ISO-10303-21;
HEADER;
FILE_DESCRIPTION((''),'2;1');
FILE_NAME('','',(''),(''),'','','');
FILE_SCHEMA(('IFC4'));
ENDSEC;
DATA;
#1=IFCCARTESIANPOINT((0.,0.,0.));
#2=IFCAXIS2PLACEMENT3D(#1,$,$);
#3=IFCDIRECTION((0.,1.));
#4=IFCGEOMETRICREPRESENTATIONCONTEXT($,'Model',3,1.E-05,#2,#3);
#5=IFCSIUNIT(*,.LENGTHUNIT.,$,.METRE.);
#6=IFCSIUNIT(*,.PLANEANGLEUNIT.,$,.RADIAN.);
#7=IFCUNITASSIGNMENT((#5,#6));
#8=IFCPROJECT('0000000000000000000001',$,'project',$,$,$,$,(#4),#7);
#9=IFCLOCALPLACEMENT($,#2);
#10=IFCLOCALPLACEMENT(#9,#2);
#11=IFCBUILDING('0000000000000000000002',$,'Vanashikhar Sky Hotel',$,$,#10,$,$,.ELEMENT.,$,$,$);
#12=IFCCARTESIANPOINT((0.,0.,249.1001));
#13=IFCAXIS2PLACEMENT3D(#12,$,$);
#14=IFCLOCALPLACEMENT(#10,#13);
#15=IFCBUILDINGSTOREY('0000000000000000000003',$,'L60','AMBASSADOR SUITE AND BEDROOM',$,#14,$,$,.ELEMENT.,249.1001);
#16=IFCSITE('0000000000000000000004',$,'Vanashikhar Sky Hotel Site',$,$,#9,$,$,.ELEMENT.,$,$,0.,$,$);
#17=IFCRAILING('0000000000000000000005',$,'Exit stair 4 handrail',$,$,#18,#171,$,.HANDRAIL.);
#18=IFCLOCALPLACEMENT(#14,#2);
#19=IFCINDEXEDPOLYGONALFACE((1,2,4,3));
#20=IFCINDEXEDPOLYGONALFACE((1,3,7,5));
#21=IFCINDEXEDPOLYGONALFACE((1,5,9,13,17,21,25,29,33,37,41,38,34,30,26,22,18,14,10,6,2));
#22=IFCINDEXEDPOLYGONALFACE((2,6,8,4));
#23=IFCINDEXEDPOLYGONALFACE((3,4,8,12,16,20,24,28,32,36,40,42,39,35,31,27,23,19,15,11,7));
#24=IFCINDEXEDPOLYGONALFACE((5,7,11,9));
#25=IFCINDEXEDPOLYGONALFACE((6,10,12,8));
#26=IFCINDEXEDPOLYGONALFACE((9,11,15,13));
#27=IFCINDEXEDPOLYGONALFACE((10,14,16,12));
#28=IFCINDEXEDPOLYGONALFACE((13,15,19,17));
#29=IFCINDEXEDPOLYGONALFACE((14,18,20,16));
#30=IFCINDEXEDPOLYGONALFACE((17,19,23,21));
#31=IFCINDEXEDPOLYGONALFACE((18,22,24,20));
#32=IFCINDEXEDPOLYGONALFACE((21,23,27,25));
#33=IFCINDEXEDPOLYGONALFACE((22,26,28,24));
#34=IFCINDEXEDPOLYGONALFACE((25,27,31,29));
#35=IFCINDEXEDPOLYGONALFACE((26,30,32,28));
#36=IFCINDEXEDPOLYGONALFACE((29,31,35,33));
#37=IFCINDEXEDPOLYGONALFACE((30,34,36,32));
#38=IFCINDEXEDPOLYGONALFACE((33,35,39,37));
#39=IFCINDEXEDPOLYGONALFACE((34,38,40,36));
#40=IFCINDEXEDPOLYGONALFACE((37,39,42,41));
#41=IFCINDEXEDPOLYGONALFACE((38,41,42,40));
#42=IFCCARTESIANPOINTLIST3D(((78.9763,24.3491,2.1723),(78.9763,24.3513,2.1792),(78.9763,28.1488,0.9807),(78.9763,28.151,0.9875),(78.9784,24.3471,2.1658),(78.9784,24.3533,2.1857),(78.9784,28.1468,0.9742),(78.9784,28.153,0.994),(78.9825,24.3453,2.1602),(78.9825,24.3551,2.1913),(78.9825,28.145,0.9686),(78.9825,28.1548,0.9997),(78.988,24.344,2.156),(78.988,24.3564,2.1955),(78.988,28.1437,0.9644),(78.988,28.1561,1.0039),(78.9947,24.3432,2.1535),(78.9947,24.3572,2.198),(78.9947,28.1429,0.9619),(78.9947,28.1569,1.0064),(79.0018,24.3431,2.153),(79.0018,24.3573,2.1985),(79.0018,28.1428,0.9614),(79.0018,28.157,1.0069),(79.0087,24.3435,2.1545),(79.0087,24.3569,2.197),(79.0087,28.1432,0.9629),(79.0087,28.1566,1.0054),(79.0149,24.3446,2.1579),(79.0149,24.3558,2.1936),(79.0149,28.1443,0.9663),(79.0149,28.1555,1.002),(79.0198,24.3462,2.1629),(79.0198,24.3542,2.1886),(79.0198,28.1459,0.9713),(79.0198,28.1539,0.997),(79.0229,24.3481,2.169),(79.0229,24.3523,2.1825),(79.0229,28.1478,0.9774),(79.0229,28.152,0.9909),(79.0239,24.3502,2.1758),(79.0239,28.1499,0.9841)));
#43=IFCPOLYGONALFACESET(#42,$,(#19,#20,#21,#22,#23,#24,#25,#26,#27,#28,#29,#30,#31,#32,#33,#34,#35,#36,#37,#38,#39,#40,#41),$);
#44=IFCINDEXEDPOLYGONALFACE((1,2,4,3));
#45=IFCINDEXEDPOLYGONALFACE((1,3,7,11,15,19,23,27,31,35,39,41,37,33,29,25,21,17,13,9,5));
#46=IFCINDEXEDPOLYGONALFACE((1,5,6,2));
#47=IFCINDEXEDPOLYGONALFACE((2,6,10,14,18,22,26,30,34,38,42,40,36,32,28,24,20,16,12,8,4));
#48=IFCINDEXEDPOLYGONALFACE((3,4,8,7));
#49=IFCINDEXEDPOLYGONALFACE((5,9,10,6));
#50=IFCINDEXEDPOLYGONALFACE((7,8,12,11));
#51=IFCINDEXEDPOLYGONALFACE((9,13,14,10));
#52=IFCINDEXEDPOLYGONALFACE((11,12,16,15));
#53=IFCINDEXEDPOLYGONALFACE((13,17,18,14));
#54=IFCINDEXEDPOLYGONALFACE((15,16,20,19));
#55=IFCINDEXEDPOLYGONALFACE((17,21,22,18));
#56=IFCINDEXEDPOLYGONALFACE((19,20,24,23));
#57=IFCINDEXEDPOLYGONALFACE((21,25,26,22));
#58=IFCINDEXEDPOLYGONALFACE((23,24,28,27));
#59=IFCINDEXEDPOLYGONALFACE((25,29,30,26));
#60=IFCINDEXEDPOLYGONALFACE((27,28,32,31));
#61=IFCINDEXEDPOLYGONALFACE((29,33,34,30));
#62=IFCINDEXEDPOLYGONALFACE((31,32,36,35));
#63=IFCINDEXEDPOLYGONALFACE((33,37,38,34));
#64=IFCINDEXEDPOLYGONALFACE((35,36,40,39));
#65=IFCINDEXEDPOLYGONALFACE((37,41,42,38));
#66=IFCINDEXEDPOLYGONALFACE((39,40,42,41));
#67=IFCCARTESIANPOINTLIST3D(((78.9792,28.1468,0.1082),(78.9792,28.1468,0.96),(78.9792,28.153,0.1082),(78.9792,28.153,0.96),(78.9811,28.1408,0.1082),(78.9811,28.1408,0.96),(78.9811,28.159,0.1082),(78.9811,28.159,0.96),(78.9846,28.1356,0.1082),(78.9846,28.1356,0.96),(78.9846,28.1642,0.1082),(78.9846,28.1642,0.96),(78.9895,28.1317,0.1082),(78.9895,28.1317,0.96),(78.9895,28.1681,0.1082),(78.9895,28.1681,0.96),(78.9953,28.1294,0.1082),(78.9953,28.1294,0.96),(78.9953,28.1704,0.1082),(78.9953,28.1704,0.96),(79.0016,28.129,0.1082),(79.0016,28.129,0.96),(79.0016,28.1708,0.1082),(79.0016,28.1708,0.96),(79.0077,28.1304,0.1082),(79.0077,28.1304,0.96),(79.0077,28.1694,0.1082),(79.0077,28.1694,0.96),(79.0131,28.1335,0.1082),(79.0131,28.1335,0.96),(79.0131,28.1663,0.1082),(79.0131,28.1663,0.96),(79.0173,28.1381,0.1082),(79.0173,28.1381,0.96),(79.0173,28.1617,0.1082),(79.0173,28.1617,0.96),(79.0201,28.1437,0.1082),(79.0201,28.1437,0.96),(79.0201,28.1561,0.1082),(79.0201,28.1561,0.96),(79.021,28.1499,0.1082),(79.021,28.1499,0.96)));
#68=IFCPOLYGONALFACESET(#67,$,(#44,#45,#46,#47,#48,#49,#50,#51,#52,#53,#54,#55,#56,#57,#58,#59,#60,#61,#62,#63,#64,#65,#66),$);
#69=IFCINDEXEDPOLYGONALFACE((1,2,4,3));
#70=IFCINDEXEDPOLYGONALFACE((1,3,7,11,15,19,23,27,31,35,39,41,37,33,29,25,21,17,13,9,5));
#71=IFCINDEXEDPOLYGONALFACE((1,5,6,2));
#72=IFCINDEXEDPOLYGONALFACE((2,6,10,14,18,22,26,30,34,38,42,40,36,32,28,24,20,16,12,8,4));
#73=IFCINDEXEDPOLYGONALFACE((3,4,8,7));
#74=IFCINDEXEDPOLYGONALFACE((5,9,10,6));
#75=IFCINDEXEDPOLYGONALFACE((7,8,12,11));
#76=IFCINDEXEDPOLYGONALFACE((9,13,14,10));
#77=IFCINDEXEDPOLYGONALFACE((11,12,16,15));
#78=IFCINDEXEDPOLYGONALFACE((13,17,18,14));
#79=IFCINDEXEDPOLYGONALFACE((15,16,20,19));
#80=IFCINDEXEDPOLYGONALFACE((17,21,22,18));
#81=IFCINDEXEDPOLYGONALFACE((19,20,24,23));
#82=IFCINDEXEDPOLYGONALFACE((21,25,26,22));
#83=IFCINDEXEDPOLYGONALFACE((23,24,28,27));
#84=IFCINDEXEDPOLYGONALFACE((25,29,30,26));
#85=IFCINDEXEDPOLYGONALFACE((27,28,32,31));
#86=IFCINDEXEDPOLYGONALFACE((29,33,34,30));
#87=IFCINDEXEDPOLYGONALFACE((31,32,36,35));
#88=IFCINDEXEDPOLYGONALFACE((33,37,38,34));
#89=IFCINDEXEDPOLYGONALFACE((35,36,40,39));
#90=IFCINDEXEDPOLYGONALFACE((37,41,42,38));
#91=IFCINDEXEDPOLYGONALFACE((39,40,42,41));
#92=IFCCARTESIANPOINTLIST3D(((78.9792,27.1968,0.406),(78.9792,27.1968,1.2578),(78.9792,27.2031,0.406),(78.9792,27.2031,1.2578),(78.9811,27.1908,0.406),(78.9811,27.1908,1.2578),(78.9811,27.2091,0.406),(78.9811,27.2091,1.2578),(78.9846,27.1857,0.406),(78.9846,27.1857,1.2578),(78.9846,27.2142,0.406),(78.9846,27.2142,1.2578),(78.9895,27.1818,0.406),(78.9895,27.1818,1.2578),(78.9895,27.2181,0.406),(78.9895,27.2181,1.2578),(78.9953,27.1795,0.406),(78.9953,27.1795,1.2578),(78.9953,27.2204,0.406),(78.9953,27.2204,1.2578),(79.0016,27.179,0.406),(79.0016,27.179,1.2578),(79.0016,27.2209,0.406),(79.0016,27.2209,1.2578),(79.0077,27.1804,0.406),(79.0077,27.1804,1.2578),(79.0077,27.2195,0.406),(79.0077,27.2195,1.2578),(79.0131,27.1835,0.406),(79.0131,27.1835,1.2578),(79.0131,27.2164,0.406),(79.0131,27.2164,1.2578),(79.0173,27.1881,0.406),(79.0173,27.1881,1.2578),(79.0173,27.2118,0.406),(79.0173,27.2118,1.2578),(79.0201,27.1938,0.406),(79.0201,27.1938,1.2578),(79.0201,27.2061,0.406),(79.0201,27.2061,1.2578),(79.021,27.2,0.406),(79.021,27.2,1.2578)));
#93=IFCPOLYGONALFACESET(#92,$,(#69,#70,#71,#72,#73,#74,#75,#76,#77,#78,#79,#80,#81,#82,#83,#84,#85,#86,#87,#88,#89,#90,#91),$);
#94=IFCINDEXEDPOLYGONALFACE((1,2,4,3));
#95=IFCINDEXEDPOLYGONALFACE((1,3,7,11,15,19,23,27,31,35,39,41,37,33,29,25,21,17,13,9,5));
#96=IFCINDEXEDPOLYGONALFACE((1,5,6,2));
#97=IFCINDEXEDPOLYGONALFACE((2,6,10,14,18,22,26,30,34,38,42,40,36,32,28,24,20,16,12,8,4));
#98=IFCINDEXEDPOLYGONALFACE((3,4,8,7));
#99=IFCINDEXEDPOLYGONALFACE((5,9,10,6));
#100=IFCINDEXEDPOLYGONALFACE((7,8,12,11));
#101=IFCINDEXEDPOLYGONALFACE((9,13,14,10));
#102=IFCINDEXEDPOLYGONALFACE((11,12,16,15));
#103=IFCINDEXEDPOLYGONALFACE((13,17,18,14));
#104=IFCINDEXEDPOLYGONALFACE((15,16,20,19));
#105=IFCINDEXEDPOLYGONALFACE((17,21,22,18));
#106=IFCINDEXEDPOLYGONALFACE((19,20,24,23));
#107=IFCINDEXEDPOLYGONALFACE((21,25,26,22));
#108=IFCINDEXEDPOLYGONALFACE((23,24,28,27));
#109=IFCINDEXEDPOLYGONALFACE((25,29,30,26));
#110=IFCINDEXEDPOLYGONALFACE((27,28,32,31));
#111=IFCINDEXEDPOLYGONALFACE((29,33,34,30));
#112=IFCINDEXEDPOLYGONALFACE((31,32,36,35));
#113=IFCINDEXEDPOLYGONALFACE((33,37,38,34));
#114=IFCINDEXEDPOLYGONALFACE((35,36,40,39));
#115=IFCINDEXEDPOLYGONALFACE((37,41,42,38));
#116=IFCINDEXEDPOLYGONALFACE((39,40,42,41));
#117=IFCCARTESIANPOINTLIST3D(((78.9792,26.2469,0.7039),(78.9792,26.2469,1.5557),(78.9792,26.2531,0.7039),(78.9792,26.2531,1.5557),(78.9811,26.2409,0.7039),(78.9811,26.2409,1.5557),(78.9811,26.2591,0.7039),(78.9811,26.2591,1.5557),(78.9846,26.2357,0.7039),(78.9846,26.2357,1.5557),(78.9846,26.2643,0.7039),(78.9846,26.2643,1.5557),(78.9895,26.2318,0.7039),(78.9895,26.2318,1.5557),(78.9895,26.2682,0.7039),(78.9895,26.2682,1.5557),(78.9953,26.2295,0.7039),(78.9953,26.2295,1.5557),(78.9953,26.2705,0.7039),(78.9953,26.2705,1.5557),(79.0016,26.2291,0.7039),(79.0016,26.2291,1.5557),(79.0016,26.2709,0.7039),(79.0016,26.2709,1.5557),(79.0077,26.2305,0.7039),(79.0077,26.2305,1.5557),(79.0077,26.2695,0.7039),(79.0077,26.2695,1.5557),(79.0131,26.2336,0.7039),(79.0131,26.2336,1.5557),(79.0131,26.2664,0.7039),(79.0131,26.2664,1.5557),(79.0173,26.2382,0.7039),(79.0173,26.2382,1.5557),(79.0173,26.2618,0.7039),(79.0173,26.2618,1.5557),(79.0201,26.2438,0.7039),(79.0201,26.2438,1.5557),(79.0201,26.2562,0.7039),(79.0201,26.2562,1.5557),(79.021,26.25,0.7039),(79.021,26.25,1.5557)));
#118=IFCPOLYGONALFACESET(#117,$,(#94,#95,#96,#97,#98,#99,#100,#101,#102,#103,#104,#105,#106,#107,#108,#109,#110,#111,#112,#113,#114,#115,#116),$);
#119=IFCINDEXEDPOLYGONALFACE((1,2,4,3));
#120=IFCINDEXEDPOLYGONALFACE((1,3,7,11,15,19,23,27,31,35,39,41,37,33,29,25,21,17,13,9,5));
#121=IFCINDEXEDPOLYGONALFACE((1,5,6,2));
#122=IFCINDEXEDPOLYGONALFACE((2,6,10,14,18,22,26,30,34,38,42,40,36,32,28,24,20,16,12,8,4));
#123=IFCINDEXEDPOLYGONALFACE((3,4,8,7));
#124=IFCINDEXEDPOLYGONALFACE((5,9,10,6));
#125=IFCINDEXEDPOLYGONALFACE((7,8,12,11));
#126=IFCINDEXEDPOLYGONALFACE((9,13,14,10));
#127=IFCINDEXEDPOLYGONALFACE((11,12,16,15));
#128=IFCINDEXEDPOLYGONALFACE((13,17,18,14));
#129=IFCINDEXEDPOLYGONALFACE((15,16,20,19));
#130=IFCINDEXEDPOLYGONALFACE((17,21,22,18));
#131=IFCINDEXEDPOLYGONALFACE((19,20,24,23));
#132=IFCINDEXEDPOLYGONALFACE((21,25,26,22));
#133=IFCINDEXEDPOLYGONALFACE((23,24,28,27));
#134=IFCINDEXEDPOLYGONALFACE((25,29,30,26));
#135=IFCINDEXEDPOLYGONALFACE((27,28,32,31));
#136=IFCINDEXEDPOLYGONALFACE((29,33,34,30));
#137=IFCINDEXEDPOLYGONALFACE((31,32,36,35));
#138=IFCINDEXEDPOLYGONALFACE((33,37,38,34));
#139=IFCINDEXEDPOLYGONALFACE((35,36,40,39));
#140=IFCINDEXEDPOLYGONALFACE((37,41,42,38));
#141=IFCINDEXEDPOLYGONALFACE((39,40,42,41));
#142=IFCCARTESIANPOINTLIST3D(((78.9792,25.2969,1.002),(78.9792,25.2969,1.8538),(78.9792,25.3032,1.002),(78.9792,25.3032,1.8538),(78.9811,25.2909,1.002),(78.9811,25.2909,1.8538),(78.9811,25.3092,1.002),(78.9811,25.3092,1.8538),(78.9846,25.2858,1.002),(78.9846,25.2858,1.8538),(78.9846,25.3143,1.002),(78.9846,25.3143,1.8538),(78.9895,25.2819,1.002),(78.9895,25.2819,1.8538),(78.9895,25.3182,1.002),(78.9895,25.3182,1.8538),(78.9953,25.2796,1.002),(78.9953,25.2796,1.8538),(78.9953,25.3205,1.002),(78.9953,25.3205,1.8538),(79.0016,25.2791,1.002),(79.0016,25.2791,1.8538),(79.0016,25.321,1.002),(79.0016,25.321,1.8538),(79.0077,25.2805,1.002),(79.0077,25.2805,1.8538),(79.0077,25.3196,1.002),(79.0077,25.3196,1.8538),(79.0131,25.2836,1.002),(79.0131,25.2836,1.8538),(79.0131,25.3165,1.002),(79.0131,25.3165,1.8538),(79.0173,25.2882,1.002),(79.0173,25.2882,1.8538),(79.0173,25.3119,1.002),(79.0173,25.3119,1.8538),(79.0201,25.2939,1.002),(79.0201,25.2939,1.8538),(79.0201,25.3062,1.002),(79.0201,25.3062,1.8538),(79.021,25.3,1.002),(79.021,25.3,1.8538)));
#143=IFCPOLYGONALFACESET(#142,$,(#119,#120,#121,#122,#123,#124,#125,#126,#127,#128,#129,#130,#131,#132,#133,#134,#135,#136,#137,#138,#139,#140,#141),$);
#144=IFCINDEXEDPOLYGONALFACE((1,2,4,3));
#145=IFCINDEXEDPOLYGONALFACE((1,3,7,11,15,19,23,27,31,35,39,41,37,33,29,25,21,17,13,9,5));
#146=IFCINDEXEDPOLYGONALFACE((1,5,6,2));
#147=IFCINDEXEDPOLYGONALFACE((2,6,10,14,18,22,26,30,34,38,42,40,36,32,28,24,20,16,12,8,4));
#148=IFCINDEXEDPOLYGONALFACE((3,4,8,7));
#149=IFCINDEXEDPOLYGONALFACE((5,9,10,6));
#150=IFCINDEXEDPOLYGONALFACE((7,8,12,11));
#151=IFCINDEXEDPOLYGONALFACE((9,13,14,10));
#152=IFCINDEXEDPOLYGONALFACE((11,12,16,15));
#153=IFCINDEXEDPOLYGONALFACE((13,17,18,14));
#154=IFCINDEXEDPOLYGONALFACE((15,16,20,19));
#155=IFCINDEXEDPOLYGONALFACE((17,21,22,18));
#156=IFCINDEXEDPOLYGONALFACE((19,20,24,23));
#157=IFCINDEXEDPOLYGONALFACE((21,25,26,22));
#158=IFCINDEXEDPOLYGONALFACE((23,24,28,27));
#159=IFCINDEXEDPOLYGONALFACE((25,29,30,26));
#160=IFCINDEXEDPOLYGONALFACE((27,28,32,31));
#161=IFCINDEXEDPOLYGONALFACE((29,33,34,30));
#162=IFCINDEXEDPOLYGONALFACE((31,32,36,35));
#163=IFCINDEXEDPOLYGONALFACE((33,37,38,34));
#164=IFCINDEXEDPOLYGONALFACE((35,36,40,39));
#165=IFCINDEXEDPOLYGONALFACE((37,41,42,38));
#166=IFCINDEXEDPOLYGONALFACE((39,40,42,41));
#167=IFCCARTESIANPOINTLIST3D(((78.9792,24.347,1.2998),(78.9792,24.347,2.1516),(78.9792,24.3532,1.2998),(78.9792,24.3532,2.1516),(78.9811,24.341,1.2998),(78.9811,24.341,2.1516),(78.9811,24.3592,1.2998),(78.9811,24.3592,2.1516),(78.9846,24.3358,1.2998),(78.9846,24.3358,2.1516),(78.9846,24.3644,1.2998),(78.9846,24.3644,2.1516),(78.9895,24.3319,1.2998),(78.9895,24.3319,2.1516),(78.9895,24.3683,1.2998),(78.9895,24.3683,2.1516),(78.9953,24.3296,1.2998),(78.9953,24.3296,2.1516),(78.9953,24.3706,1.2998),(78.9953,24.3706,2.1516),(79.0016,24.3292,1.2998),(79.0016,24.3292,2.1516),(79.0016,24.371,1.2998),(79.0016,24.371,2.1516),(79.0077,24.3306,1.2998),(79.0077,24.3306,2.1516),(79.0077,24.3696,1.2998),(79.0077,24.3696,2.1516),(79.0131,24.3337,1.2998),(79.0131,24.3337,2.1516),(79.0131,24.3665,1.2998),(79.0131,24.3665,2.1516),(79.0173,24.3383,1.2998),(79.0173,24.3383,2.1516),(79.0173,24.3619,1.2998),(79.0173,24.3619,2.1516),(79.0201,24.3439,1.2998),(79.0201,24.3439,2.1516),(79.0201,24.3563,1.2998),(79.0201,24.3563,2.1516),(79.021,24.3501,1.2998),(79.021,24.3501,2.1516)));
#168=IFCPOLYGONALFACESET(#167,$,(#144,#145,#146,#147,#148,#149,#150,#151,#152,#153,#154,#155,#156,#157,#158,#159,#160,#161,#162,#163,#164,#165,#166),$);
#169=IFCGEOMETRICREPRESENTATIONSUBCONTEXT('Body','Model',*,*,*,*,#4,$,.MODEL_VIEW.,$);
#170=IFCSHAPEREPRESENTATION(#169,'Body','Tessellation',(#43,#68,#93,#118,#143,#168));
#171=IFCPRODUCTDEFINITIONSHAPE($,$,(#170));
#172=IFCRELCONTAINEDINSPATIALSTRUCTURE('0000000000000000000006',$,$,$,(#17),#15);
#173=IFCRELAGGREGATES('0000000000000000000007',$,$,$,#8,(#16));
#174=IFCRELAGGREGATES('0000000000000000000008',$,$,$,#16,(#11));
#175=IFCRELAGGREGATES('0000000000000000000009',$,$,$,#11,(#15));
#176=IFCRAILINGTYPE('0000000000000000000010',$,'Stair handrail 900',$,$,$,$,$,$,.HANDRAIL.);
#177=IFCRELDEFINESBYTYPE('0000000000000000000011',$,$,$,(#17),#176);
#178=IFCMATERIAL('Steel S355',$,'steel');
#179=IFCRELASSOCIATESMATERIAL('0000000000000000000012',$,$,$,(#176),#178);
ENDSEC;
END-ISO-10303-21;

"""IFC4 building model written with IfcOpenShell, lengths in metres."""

from ifc_helpers import new_model, si_unit, direction, frame, origin, origin_2d, place, context, subcontext, project, spatial, circle, extrude, source, transform, mapped, material, type_object, element, save


model = new_model("IFC4")

# Units and contexts
model_context = context("Model", 3, precision=1e-05, world=origin(), true_north=direction((0.0, 1.0)))
body_context = subcontext(model_context, "Body", "Model", "MODEL_VIEW")
ifc_project = project(units=[si_unit("LENGTHUNIT", "METRE"), si_unit("PLANEANGLEUNIT", "RADIAN")], contexts=[model_context])

# Site, building, storey
site_placement = place(None, origin())
site = spatial("IfcSite", under=ifc_project, at=site_placement, Name="Vanashikhar Sky Hotel Site", CompositionType="ELEMENT", RefElevation=0.0)
building_placement = place(site_placement, origin())
building = spatial("IfcBuilding", under=site, at=building_placement, Name="Vanashikhar Sky Hotel", CompositionType="ELEMENT")
storey_placement = place(building_placement, frame((0.0, 0.0, 249.1001)))
storey = spatial("IfcBuildingStorey", under=building, at=storey_placement, Name="L60", Description="AMBASSADOR SUITE AND BEDROOM", CompositionType="ELEMENT", Elevation=249.1001)

# Railing
ifc_material_1 = material(Name="Steel S355", Category="steel")
railing_type = type_object("IfcRailingType", Name="Stair handrail 900", PredefinedType="HANDRAIL", material=ifc_material_1)
shared_shape_1 = source(origin(), body_context, "Body", "SweptSolid", [
    extrude(circle(Radius=0.0239, at=origin_2d()), frame((0.0, 0.0, 0.876), z_axis=(0.0, -0.954178, 0.299238), x_axis=(1.0, 0.0, 0.0)), (0.0, 0.0, 1.0), 3.9822),
    extrude(circle(Radius=0.021, at=origin_2d()), origin(), (0.0, 0.0, 1.0), 0.8518),
    extrude(circle(Radius=0.021, at=origin_2d()), frame((0.0, -0.95, 0.2979)), (0.0, 0.0, 1.0), 0.8518),
    extrude(circle(Radius=0.021, at=origin_2d()), frame((0.0, -1.8999, 0.5957)), (0.0, 0.0, 1.0), 0.8518),
    extrude(circle(Radius=0.021, at=origin_2d()), frame((0.0, -2.8499, 0.8938)), (0.0, 0.0, 1.0), 0.8518),
    extrude(circle(Radius=0.021, at=origin_2d()), frame((0.0, -3.7998, 1.1917)), (0.0, 0.0, 1.0), 0.8518),
])
for number, where, name in (
    (1, (79.0, 28.1499, 0.1082), "Exit stair 4 handrail"),
):
    element("IfcRailing", number, at=place(storey_placement, frame(where)), inside=storey, type_object=railing_type, Name=name, PredefinedType="HANDRAIL", context=body_context, shape_type="MappedRepresentation", body=[
        mapped(shared_shape_1, transform((0.0, 0.0, 0.0), scale=1.0)),
    ])

save(model, "model.ifc")
